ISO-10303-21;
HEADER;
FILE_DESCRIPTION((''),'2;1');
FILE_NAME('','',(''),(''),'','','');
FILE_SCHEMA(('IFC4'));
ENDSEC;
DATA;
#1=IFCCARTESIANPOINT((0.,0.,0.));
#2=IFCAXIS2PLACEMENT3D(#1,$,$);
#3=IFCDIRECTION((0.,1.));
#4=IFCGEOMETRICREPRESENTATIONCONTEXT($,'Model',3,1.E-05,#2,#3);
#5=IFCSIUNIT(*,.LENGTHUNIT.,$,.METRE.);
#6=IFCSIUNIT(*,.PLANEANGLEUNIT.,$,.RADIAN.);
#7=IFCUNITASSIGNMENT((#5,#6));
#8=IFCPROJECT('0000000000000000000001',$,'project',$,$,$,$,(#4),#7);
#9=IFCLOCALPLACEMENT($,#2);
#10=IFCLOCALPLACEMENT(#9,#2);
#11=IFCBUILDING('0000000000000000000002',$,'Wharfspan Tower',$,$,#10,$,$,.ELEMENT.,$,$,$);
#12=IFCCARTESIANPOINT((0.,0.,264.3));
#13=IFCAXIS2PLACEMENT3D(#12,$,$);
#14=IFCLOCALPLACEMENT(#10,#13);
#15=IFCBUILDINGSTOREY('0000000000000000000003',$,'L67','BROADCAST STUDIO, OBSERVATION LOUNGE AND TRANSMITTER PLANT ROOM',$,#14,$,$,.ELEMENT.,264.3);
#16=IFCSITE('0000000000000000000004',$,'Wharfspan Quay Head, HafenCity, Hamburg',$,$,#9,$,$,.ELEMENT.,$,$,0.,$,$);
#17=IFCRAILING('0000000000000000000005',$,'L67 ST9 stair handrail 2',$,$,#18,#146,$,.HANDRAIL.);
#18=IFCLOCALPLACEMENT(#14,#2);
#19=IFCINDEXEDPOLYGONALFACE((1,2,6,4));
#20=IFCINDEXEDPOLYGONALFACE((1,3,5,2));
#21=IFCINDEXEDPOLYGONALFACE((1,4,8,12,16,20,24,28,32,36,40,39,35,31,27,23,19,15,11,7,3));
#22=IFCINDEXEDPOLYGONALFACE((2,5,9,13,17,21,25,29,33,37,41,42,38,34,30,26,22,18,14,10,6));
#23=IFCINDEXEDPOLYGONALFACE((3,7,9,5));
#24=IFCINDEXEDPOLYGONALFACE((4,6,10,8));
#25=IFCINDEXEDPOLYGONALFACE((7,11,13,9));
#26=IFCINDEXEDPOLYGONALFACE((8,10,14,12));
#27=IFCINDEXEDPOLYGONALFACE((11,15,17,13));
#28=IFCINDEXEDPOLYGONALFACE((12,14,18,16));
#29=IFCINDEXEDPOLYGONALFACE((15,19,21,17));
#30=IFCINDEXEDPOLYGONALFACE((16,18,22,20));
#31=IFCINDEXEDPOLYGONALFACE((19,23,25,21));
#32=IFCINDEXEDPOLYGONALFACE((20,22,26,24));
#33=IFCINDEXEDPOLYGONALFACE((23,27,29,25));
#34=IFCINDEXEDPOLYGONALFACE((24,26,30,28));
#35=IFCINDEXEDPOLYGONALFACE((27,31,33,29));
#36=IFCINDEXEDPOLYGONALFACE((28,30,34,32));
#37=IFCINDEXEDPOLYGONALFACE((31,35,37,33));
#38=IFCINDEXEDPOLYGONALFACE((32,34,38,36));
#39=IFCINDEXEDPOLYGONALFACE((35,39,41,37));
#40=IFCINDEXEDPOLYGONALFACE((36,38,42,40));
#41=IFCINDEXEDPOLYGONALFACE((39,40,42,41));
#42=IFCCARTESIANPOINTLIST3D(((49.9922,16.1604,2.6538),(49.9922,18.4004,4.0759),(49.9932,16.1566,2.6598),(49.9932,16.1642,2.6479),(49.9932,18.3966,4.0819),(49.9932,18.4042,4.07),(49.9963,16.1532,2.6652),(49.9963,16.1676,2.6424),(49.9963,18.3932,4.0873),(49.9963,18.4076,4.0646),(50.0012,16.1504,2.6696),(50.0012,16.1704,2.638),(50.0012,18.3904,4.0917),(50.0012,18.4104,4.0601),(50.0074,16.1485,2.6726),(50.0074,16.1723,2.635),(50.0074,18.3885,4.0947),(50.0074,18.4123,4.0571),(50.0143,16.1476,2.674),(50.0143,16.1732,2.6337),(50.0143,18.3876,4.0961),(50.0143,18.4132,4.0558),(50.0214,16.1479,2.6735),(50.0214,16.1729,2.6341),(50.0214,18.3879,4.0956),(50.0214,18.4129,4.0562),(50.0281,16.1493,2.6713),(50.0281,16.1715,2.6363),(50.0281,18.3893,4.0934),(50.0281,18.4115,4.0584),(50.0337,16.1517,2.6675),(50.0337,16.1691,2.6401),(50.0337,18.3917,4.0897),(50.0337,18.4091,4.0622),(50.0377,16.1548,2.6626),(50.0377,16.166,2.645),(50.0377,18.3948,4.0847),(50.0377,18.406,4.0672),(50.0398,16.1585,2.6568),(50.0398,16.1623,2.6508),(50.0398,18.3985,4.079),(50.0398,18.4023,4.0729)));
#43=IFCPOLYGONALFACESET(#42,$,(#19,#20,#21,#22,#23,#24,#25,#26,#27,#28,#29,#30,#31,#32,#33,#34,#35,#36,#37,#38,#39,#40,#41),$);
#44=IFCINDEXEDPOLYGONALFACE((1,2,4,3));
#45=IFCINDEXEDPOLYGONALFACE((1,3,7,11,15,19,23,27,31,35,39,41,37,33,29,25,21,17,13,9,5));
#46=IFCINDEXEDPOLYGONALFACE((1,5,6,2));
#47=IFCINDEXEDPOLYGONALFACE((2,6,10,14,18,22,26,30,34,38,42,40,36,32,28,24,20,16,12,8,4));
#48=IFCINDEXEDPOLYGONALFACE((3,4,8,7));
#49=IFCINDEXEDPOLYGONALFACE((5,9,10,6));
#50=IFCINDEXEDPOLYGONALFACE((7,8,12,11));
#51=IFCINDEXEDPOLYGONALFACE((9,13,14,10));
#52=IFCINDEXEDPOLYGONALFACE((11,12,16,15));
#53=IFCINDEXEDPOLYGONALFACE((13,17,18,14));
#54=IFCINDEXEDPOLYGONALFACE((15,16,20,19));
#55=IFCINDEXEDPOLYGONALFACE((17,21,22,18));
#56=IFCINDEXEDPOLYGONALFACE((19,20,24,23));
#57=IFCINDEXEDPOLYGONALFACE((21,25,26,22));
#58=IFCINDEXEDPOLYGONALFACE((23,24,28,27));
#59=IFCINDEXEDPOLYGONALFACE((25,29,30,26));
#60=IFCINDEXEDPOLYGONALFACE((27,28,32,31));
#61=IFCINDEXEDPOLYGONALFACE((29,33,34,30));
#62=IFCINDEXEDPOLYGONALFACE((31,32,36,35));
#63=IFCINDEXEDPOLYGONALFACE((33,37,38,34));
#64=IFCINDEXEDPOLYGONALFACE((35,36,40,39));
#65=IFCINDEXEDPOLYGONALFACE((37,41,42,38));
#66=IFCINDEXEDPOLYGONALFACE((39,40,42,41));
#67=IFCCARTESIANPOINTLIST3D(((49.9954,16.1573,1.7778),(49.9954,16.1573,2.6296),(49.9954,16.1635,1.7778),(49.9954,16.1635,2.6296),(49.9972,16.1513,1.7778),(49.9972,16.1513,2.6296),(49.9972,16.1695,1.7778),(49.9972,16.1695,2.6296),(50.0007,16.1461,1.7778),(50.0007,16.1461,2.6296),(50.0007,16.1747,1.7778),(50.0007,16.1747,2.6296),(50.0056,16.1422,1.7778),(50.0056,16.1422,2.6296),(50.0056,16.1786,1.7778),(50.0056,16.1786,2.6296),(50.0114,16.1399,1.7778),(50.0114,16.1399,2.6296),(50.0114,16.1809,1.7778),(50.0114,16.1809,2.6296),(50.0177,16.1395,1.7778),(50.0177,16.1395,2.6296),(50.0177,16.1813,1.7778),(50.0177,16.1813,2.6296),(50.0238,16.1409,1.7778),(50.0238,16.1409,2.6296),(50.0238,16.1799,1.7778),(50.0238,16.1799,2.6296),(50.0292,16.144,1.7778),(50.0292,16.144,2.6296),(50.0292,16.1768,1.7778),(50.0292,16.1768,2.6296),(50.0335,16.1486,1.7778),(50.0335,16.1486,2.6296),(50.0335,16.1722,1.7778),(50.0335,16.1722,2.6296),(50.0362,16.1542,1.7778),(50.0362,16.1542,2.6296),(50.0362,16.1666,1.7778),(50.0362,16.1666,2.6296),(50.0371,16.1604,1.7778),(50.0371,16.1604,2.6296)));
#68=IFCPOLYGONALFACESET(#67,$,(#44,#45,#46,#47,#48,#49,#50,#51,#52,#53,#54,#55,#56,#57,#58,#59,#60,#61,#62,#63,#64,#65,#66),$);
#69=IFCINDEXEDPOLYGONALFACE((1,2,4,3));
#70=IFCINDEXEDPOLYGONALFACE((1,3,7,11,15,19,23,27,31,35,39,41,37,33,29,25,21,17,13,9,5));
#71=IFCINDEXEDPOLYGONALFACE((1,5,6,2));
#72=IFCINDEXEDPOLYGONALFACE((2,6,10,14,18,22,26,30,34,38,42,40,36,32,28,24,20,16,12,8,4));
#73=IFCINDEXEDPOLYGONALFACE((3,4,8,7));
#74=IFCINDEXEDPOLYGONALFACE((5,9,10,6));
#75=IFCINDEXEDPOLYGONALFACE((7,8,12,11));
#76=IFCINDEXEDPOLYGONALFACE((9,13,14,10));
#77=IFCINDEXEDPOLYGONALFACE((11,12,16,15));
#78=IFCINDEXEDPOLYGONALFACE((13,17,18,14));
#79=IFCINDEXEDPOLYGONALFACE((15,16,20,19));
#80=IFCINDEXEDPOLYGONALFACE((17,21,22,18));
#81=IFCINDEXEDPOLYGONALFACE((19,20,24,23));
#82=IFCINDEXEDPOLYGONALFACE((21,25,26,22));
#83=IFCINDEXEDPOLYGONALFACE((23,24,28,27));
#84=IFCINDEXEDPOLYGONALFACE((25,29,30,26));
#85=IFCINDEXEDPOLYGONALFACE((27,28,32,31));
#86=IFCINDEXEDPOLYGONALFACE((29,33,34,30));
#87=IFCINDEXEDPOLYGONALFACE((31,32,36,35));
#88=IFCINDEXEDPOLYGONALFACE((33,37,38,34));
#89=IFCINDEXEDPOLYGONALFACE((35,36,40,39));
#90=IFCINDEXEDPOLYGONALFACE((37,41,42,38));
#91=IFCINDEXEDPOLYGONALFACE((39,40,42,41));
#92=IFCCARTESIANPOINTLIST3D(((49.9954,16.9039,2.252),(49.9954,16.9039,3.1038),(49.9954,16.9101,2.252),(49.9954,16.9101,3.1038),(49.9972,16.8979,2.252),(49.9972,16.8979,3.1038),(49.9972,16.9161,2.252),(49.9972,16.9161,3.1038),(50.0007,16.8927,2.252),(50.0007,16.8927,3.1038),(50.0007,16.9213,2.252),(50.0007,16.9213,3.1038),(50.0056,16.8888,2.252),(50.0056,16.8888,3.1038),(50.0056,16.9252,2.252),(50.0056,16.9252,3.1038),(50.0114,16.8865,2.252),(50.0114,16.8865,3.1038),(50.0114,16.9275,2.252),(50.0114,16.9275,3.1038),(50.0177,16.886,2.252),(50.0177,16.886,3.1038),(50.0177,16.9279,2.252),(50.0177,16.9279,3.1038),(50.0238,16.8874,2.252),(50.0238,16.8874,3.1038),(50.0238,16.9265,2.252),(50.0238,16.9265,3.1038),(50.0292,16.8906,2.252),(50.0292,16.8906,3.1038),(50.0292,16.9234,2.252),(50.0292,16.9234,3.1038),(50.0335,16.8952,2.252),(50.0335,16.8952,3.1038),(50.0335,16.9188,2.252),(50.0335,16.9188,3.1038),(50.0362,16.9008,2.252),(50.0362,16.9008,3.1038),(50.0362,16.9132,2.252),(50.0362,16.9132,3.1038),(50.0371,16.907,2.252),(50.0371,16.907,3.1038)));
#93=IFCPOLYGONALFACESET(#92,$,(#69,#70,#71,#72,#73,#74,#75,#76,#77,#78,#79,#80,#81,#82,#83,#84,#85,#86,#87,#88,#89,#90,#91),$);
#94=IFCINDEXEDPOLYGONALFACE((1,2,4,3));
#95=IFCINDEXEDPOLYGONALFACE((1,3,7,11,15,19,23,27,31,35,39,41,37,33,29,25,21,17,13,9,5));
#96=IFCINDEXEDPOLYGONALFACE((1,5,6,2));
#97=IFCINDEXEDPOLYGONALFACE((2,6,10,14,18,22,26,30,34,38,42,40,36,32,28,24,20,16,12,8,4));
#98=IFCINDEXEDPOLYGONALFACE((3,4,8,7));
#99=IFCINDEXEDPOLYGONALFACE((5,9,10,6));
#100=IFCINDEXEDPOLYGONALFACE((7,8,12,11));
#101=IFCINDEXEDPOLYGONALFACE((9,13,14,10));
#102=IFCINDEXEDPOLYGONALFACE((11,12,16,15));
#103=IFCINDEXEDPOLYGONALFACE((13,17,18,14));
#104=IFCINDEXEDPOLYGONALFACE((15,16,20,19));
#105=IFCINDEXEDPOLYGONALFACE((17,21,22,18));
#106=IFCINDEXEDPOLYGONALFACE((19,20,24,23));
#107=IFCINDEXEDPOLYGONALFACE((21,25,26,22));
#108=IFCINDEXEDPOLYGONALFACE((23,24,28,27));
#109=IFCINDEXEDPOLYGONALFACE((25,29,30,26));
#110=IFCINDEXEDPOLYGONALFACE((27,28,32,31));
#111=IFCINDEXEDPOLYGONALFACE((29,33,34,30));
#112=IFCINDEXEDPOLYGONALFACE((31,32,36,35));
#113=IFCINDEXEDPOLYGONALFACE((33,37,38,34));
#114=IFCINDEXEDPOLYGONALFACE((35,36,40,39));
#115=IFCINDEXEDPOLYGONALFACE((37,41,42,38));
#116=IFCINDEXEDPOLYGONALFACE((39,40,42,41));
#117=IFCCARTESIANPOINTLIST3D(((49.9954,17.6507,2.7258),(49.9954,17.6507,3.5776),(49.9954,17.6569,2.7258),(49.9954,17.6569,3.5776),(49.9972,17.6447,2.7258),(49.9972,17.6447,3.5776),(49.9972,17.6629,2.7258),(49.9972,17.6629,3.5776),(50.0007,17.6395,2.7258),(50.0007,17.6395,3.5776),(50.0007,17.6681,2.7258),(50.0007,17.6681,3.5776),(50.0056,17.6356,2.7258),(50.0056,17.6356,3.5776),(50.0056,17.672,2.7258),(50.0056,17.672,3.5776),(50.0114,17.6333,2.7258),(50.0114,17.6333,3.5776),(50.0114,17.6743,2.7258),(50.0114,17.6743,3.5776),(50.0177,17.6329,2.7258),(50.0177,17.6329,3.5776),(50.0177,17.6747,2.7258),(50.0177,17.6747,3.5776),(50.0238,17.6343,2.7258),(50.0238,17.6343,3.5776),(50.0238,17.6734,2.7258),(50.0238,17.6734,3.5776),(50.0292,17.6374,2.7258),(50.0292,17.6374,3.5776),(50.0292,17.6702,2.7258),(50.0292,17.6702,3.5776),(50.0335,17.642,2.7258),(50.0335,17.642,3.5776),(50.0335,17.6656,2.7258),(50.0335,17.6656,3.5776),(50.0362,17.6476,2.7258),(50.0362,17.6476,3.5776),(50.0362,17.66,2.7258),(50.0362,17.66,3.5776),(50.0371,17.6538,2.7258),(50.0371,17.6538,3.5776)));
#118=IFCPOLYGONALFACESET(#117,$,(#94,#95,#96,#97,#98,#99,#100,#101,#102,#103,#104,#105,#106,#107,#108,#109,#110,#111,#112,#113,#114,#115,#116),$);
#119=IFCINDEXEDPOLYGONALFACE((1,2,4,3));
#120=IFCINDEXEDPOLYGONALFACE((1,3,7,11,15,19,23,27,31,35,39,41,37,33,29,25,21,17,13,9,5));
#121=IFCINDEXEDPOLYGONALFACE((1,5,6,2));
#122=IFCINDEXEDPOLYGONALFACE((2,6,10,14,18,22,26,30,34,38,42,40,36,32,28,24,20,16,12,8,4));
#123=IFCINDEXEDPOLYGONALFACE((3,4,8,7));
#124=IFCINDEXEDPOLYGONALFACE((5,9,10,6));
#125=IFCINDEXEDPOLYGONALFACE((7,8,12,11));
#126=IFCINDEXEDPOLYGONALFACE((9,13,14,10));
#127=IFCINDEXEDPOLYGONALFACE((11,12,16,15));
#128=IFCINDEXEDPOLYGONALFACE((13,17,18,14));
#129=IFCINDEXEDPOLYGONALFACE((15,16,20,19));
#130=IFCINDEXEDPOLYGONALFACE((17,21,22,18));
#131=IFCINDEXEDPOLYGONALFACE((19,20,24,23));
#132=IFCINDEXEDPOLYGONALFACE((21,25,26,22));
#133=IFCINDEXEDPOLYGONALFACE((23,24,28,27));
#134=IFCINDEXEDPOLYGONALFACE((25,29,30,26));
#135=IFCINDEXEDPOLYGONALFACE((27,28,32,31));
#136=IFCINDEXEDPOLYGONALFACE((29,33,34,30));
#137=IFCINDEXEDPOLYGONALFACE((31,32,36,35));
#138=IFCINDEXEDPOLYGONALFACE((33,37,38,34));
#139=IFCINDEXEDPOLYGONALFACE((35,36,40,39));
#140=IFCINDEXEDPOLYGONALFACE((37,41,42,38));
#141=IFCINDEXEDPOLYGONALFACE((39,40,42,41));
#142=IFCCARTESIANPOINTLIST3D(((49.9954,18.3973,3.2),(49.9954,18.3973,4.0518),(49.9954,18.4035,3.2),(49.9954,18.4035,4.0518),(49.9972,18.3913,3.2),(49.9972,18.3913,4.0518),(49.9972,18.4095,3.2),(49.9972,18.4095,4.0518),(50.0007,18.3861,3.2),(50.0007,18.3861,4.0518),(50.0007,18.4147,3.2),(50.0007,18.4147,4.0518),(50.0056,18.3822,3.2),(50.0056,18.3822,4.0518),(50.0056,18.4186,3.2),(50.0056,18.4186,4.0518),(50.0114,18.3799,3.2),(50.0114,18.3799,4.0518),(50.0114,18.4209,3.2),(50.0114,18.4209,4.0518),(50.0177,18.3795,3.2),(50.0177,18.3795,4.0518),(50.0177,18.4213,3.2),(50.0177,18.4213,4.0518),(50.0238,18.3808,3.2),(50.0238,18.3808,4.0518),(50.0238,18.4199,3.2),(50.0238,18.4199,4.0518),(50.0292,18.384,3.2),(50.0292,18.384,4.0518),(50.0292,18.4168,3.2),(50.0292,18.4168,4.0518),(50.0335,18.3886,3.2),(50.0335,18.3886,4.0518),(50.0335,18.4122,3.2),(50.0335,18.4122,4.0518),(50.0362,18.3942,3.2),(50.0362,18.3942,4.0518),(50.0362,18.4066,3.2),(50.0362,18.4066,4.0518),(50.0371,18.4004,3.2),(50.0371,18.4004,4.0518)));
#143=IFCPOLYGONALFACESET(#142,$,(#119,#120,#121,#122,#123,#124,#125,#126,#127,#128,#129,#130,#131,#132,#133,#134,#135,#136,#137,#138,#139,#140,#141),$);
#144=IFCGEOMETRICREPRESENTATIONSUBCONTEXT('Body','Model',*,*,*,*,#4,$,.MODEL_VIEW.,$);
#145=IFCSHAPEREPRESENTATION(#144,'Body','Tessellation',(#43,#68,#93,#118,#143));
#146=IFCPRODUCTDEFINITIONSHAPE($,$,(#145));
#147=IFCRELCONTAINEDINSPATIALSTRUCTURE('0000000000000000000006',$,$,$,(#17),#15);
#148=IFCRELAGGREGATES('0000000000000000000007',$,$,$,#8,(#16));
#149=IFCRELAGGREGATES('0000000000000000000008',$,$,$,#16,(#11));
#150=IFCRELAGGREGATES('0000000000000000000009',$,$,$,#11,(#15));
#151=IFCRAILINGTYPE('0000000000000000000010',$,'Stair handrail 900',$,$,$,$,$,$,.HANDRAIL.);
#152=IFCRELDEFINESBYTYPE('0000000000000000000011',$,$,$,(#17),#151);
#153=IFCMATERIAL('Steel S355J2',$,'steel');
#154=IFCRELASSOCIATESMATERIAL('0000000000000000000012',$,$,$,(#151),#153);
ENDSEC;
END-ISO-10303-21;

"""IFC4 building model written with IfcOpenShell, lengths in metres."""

from ifc_helpers import new_model, si_unit, direction, frame, origin, origin_2d, place, context, subcontext, project, spatial, circle, extrude, material, type_object, element, save


model = new_model("IFC4")

# Units and contexts
model_context = context("Model", 3, precision=1e-05, world=origin(), true_north=direction((0.0, 1.0)))
body_context = subcontext(model_context, "Body", "Model", "MODEL_VIEW")
ifc_project = project(units=[si_unit("LENGTHUNIT", "METRE"), si_unit("PLANEANGLEUNIT", "RADIAN")], contexts=[model_context])

# Site, building, storey
site_placement = place(None, origin())
site = spatial("IfcSite", under=ifc_project, at=site_placement, Name="Wharfspan Quay Head, HafenCity, Hamburg", CompositionType="ELEMENT", RefElevation=0.0)
building_placement = place(site_placement, origin())
building = spatial("IfcBuilding", under=site, at=building_placement, Name="Wharfspan Tower", CompositionType="ELEMENT")
storey_placement = place(building_placement, frame((0.0, 0.0, 264.3)))
storey = spatial("IfcBuildingStorey", under=building, at=storey_placement, Name="L67", Description="BROADCAST STUDIO, OBSERVATION LOUNGE AND TRANSMITTER PLANT ROOM", CompositionType="ELEMENT", Elevation=264.3)

# Shared definitions
ifc_material_1 = material(Name="Steel S355J2", Category="steel")

# Railing
railing_type = type_object("IfcRailingType", Name="Stair handrail 900", PredefinedType="HANDRAIL", material=ifc_material_1)
railing_1_placement = place(storey_placement, frame((50.0161, 16.1604, 1.7778)))
element("IfcRailing", 1, at=railing_1_placement, inside=storey, type_object=railing_type, Name="L67 ST9 stair handrail 2", PredefinedType="HANDRAIL", context=body_context, shape_type="SweptSolid", body=[
    extrude(circle(Radius=0.0239, at=origin_2d()), frame((0.0, 0.0, 0.876), z_axis=(0.0, 0.844229, 0.535982), x_axis=(-1.0, 0.0, 0.0)), (0.0, 0.0, 1.0), 2.6533),
    extrude(circle(Radius=0.021, at=origin_2d()), origin(), (0.0, 0.0, 1.0), 0.8518),
    extrude(circle(Radius=0.021, at=origin_2d()), frame((0.0, 0.7466, 0.4741)), (0.0, 0.0, 1.0), 0.8518),
    extrude(circle(Radius=0.021, at=origin_2d()), frame((0.0, 1.4934, 0.948)), (0.0, 0.0, 1.0), 0.8518),
    extrude(circle(Radius=0.021, at=origin_2d()), frame((0.0, 2.24, 1.4221)), (0.0, 0.0, 1.0), 0.8518),
])

save(model, "model.ifc")
